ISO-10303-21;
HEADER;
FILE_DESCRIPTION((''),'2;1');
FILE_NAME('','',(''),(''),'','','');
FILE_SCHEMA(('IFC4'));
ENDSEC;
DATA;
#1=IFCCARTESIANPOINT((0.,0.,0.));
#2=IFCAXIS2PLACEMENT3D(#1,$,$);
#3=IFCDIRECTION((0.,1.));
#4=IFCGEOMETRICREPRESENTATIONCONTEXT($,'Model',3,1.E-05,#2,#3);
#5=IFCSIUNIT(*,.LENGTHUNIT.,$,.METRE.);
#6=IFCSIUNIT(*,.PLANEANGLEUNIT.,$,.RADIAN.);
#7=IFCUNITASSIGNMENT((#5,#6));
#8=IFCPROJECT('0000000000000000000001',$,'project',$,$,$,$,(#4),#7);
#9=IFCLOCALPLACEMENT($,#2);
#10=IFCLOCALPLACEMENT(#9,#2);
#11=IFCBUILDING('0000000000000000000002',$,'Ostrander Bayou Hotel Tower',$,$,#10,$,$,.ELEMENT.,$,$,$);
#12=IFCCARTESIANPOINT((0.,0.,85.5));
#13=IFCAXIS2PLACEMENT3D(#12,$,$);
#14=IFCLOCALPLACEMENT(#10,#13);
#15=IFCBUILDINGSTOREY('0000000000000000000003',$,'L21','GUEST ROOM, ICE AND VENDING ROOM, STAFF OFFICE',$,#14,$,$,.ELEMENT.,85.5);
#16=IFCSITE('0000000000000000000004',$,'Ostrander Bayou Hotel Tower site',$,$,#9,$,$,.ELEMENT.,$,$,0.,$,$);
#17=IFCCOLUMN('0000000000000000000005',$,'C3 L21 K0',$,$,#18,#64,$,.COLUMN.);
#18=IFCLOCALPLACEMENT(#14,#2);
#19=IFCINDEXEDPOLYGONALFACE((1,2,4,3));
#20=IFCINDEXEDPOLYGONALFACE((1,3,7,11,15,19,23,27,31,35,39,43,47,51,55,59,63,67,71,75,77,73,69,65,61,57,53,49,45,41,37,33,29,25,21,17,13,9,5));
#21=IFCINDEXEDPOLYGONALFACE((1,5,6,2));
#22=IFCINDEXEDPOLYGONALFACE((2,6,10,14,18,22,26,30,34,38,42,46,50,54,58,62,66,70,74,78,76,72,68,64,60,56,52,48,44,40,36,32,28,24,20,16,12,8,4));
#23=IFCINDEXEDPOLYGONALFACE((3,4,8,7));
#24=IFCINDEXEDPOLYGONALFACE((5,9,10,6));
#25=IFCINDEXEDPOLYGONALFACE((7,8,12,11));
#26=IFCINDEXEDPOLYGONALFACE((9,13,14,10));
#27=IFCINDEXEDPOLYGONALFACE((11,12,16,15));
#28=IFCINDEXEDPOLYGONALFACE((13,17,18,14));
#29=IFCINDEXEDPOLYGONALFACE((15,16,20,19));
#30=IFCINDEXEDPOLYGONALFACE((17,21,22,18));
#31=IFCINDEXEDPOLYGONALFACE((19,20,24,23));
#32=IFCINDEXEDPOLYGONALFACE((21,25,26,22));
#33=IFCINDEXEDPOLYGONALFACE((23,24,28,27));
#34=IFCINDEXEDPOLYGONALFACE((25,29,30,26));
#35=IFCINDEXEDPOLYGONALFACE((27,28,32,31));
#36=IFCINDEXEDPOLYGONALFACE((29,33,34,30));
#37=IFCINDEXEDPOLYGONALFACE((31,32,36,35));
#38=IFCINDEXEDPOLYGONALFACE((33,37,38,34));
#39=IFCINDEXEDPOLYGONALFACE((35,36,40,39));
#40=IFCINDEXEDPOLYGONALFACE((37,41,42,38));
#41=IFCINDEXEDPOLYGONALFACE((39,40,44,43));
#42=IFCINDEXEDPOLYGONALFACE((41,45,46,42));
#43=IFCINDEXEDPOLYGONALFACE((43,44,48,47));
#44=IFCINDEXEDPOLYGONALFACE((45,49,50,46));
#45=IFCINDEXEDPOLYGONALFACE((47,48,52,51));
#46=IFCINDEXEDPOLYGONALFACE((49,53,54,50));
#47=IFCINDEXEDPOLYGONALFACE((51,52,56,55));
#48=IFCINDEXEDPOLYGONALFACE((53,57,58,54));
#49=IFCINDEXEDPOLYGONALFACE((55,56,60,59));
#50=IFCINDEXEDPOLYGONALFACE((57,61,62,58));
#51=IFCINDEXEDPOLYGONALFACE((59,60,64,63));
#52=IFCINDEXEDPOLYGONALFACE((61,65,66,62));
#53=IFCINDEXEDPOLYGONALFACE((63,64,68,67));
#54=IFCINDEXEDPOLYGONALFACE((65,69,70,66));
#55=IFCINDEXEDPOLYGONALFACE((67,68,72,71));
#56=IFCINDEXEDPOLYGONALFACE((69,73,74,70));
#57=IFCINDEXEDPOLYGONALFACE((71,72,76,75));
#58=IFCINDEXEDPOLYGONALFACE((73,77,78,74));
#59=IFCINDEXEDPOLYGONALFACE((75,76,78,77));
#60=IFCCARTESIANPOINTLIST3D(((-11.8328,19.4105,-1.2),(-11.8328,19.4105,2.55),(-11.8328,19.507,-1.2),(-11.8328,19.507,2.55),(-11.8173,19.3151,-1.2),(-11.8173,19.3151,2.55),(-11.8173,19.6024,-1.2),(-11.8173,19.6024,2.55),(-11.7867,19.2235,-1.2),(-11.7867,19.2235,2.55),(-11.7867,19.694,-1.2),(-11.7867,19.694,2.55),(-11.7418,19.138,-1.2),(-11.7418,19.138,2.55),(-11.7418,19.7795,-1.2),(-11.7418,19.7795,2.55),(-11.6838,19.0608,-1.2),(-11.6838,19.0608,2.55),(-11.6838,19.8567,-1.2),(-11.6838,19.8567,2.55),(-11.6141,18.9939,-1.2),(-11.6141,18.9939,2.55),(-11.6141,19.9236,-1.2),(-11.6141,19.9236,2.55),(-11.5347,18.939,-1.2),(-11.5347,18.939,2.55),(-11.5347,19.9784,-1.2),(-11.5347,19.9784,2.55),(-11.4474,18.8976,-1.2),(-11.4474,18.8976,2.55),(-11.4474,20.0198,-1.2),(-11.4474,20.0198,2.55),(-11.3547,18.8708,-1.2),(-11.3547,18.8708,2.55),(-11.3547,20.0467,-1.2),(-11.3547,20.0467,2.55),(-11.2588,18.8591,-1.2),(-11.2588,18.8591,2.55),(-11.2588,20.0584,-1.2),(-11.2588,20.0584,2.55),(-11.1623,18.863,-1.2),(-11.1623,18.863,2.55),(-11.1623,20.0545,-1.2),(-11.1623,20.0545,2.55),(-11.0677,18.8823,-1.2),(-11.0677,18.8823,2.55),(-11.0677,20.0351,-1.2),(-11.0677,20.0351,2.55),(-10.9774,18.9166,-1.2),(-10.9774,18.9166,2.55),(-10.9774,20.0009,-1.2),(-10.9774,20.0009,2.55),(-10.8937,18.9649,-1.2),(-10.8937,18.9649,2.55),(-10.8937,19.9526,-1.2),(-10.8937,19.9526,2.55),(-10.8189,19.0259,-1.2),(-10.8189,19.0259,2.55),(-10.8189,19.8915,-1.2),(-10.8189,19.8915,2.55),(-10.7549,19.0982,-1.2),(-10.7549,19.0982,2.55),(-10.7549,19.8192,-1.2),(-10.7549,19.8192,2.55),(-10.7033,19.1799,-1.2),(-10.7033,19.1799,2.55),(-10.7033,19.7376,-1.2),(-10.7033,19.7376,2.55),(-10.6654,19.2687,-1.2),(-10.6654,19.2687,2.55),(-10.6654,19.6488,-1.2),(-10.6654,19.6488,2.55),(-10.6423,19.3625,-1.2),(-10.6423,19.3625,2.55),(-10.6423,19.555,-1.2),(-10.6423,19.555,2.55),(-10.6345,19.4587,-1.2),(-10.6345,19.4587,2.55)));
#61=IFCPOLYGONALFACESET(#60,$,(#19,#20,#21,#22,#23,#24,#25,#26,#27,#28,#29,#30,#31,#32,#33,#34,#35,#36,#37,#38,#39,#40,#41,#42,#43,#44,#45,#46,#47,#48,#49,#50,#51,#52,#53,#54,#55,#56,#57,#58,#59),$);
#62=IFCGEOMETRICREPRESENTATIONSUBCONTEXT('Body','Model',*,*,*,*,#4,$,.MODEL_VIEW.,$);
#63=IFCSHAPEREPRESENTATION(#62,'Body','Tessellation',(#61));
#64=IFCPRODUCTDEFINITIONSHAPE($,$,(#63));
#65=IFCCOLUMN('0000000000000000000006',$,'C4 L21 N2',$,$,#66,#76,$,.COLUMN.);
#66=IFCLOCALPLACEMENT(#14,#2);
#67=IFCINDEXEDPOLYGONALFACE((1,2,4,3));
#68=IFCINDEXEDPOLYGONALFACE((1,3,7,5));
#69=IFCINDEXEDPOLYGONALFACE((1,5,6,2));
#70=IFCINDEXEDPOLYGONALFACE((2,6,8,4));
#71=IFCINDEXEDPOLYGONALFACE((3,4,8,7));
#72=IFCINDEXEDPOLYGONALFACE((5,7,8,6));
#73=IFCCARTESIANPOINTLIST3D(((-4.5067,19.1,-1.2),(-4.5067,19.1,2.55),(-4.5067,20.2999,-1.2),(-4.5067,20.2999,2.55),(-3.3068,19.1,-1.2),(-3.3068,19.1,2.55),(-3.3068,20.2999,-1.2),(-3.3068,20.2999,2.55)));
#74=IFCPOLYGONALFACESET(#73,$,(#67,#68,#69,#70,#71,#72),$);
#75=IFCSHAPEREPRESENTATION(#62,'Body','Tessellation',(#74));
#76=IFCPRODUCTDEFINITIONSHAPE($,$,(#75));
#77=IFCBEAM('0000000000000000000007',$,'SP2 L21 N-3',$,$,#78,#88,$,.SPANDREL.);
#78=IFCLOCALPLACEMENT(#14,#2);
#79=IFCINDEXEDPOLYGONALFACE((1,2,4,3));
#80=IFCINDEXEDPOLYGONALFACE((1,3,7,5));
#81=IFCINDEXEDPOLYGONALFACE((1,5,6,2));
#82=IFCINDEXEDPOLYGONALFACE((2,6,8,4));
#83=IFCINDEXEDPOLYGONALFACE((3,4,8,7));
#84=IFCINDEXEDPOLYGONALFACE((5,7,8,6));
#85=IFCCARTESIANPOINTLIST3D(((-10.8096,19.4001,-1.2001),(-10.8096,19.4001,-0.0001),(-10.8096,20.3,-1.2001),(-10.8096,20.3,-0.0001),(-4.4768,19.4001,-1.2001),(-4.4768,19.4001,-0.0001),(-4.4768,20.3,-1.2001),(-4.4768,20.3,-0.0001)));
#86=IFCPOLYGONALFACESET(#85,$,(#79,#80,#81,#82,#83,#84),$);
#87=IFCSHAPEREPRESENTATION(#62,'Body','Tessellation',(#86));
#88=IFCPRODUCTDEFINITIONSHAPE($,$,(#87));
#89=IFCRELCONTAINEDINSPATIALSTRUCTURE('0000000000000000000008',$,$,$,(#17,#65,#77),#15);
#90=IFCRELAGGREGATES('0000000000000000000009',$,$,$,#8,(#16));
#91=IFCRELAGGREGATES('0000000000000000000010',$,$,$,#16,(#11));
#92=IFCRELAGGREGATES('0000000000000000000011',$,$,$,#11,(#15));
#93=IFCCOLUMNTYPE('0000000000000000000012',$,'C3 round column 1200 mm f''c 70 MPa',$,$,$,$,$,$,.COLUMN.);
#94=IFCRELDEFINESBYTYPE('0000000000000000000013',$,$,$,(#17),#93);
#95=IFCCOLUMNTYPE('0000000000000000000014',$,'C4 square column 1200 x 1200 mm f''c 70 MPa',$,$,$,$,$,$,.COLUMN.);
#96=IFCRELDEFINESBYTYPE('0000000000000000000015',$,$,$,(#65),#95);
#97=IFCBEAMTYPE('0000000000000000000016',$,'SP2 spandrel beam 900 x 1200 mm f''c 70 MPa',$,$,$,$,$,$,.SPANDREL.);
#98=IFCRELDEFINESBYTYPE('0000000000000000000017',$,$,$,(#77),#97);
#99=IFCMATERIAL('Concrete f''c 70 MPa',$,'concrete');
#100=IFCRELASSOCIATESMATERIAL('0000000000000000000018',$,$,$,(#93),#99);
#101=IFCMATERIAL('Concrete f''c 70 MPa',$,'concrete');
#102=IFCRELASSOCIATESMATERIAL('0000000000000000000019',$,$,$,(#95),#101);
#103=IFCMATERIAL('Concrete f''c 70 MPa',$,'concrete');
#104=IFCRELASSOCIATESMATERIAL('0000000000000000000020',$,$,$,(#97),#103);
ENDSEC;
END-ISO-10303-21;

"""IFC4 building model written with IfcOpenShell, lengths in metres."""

from ifc_helpers import new_model, si_unit, direction, frame, origin, origin_2d, place, context, subcontext, project, spatial, rectangle, circle, extrude, material, material_profile, profile_set, type_object, element, save


model = new_model("IFC4")

# Units and contexts
model_context = context("Model", 3, precision=1e-05, world=origin(), true_north=direction((0.0, 1.0)))
body_context = subcontext(model_context, "Body", "Model", "MODEL_VIEW")
ifc_project = project(units=[si_unit("LENGTHUNIT", "METRE"), si_unit("PLANEANGLEUNIT", "RADIAN")], contexts=[model_context])

# Site, building, storey
site_placement = place(None, origin())
site = spatial("IfcSite", under=ifc_project, at=site_placement, Name="Ostrander Bayou Hotel Tower site", CompositionType="ELEMENT", RefElevation=0.0)
building_placement = place(site_placement, origin())
building = spatial("IfcBuilding", under=site, at=building_placement, Name="Ostrander Bayou Hotel Tower", CompositionType="ELEMENT")
storey_placement = place(building_placement, frame((0.0, 0.0, 85.5)))
storey = spatial("IfcBuildingStorey", under=building, at=storey_placement, Name="L21", Description="GUEST ROOM, ICE AND VENDING ROOM, STAFF OFFICE", CompositionType="ELEMENT", Elevation=85.5)

# Columns
ifc_material_1 = material(Name="Concrete f'c 70 MPa", Category="concrete")
ifc_material_profile_1 = material_profile(ifc_material_1, circle(Radius=0.6001, at=origin_2d()))
ifc_profile_set_1 = profile_set([ifc_material_profile_1], Name="Concrete f'c 70 MPa")
column_type_1 = type_object("IfcColumnType", Name="C3 round column 1200 mm f'c 70 MPa", PredefinedType="COLUMN", material=ifc_profile_set_1)
column_1_placement = place(storey_placement, frame((-11.2346, 19.4587, -1.2), z_axis=(0.0, 0.0, 1.0), x_axis=(1.0, 0.0, 0.0)))
element("IfcColumn", 1, at=column_1_placement, inside=storey, type_object=column_type_1, Name="C3 L21 K0", PredefinedType="COLUMN", context=body_context, shape_type="SweptSolid", body=[
    extrude(circle(Radius=0.6001, at=origin_2d()), origin(), (0.0, 0.0, 1.0), 3.75),
])
ifc_material_2 = material(Name="Concrete f'c 70 MPa", Category="concrete")
ifc_material_profile_2 = material_profile(ifc_material_2, rectangle(XDim=1.2, YDim=1.2, at=origin_2d()))
ifc_profile_set_2 = profile_set([ifc_material_profile_2], Name="Concrete f'c 70 MPa")
column_type_2 = type_object("IfcColumnType", Name="C4 square column 1200 x 1200 mm f'c 70 MPa", PredefinedType="COLUMN", material=ifc_profile_set_2)
column_2_placement = place(storey_placement, frame((-3.9067, 19.7, -1.2), z_axis=(0.0, 0.0, 1.0), x_axis=(1.0, 0.0, 0.0)))
element("IfcColumn", 2, at=column_2_placement, inside=storey, type_object=column_type_2, Name="C4 L21 N2", PredefinedType="COLUMN", context=body_context, shape_type="SweptSolid", body=[
    extrude(rectangle(XDim=1.2, YDim=1.2, at=origin_2d()), origin(), (0.0, 0.0, 1.0), 3.75),
])

# Beam
ifc_material_3 = material(Name="Concrete f'c 70 MPa", Category="concrete")
ifc_material_profile_3 = material_profile(ifc_material_3, rectangle(XDim=0.8999, YDim=1.2, at=origin_2d()))
ifc_profile_set_3 = profile_set([ifc_material_profile_3], Name="Concrete f'c 70 MPa")
beam_type = type_object("IfcBeamType", Name="SP2 spandrel beam 900 x 1200 mm f'c 70 MPa", PredefinedType="SPANDREL", material=ifc_profile_set_3)
beam_placement = place(storey_placement, frame((-4.4768, 19.8501, -0.6001), z_axis=(-1.0, 0.0, 0.0), x_axis=(0.0, -1.0, 0.0)))
element("IfcBeam", 3, at=beam_placement, inside=storey, type_object=beam_type, Name="SP2 L21 N-3", PredefinedType="SPANDREL", context=body_context, shape_type="SweptSolid", body=[
    extrude(rectangle(XDim=0.8999, YDim=1.2, at=origin_2d()), origin(), (0.0, 0.0, 1.0), 6.3328),
])

save(model, "model.ifc")
